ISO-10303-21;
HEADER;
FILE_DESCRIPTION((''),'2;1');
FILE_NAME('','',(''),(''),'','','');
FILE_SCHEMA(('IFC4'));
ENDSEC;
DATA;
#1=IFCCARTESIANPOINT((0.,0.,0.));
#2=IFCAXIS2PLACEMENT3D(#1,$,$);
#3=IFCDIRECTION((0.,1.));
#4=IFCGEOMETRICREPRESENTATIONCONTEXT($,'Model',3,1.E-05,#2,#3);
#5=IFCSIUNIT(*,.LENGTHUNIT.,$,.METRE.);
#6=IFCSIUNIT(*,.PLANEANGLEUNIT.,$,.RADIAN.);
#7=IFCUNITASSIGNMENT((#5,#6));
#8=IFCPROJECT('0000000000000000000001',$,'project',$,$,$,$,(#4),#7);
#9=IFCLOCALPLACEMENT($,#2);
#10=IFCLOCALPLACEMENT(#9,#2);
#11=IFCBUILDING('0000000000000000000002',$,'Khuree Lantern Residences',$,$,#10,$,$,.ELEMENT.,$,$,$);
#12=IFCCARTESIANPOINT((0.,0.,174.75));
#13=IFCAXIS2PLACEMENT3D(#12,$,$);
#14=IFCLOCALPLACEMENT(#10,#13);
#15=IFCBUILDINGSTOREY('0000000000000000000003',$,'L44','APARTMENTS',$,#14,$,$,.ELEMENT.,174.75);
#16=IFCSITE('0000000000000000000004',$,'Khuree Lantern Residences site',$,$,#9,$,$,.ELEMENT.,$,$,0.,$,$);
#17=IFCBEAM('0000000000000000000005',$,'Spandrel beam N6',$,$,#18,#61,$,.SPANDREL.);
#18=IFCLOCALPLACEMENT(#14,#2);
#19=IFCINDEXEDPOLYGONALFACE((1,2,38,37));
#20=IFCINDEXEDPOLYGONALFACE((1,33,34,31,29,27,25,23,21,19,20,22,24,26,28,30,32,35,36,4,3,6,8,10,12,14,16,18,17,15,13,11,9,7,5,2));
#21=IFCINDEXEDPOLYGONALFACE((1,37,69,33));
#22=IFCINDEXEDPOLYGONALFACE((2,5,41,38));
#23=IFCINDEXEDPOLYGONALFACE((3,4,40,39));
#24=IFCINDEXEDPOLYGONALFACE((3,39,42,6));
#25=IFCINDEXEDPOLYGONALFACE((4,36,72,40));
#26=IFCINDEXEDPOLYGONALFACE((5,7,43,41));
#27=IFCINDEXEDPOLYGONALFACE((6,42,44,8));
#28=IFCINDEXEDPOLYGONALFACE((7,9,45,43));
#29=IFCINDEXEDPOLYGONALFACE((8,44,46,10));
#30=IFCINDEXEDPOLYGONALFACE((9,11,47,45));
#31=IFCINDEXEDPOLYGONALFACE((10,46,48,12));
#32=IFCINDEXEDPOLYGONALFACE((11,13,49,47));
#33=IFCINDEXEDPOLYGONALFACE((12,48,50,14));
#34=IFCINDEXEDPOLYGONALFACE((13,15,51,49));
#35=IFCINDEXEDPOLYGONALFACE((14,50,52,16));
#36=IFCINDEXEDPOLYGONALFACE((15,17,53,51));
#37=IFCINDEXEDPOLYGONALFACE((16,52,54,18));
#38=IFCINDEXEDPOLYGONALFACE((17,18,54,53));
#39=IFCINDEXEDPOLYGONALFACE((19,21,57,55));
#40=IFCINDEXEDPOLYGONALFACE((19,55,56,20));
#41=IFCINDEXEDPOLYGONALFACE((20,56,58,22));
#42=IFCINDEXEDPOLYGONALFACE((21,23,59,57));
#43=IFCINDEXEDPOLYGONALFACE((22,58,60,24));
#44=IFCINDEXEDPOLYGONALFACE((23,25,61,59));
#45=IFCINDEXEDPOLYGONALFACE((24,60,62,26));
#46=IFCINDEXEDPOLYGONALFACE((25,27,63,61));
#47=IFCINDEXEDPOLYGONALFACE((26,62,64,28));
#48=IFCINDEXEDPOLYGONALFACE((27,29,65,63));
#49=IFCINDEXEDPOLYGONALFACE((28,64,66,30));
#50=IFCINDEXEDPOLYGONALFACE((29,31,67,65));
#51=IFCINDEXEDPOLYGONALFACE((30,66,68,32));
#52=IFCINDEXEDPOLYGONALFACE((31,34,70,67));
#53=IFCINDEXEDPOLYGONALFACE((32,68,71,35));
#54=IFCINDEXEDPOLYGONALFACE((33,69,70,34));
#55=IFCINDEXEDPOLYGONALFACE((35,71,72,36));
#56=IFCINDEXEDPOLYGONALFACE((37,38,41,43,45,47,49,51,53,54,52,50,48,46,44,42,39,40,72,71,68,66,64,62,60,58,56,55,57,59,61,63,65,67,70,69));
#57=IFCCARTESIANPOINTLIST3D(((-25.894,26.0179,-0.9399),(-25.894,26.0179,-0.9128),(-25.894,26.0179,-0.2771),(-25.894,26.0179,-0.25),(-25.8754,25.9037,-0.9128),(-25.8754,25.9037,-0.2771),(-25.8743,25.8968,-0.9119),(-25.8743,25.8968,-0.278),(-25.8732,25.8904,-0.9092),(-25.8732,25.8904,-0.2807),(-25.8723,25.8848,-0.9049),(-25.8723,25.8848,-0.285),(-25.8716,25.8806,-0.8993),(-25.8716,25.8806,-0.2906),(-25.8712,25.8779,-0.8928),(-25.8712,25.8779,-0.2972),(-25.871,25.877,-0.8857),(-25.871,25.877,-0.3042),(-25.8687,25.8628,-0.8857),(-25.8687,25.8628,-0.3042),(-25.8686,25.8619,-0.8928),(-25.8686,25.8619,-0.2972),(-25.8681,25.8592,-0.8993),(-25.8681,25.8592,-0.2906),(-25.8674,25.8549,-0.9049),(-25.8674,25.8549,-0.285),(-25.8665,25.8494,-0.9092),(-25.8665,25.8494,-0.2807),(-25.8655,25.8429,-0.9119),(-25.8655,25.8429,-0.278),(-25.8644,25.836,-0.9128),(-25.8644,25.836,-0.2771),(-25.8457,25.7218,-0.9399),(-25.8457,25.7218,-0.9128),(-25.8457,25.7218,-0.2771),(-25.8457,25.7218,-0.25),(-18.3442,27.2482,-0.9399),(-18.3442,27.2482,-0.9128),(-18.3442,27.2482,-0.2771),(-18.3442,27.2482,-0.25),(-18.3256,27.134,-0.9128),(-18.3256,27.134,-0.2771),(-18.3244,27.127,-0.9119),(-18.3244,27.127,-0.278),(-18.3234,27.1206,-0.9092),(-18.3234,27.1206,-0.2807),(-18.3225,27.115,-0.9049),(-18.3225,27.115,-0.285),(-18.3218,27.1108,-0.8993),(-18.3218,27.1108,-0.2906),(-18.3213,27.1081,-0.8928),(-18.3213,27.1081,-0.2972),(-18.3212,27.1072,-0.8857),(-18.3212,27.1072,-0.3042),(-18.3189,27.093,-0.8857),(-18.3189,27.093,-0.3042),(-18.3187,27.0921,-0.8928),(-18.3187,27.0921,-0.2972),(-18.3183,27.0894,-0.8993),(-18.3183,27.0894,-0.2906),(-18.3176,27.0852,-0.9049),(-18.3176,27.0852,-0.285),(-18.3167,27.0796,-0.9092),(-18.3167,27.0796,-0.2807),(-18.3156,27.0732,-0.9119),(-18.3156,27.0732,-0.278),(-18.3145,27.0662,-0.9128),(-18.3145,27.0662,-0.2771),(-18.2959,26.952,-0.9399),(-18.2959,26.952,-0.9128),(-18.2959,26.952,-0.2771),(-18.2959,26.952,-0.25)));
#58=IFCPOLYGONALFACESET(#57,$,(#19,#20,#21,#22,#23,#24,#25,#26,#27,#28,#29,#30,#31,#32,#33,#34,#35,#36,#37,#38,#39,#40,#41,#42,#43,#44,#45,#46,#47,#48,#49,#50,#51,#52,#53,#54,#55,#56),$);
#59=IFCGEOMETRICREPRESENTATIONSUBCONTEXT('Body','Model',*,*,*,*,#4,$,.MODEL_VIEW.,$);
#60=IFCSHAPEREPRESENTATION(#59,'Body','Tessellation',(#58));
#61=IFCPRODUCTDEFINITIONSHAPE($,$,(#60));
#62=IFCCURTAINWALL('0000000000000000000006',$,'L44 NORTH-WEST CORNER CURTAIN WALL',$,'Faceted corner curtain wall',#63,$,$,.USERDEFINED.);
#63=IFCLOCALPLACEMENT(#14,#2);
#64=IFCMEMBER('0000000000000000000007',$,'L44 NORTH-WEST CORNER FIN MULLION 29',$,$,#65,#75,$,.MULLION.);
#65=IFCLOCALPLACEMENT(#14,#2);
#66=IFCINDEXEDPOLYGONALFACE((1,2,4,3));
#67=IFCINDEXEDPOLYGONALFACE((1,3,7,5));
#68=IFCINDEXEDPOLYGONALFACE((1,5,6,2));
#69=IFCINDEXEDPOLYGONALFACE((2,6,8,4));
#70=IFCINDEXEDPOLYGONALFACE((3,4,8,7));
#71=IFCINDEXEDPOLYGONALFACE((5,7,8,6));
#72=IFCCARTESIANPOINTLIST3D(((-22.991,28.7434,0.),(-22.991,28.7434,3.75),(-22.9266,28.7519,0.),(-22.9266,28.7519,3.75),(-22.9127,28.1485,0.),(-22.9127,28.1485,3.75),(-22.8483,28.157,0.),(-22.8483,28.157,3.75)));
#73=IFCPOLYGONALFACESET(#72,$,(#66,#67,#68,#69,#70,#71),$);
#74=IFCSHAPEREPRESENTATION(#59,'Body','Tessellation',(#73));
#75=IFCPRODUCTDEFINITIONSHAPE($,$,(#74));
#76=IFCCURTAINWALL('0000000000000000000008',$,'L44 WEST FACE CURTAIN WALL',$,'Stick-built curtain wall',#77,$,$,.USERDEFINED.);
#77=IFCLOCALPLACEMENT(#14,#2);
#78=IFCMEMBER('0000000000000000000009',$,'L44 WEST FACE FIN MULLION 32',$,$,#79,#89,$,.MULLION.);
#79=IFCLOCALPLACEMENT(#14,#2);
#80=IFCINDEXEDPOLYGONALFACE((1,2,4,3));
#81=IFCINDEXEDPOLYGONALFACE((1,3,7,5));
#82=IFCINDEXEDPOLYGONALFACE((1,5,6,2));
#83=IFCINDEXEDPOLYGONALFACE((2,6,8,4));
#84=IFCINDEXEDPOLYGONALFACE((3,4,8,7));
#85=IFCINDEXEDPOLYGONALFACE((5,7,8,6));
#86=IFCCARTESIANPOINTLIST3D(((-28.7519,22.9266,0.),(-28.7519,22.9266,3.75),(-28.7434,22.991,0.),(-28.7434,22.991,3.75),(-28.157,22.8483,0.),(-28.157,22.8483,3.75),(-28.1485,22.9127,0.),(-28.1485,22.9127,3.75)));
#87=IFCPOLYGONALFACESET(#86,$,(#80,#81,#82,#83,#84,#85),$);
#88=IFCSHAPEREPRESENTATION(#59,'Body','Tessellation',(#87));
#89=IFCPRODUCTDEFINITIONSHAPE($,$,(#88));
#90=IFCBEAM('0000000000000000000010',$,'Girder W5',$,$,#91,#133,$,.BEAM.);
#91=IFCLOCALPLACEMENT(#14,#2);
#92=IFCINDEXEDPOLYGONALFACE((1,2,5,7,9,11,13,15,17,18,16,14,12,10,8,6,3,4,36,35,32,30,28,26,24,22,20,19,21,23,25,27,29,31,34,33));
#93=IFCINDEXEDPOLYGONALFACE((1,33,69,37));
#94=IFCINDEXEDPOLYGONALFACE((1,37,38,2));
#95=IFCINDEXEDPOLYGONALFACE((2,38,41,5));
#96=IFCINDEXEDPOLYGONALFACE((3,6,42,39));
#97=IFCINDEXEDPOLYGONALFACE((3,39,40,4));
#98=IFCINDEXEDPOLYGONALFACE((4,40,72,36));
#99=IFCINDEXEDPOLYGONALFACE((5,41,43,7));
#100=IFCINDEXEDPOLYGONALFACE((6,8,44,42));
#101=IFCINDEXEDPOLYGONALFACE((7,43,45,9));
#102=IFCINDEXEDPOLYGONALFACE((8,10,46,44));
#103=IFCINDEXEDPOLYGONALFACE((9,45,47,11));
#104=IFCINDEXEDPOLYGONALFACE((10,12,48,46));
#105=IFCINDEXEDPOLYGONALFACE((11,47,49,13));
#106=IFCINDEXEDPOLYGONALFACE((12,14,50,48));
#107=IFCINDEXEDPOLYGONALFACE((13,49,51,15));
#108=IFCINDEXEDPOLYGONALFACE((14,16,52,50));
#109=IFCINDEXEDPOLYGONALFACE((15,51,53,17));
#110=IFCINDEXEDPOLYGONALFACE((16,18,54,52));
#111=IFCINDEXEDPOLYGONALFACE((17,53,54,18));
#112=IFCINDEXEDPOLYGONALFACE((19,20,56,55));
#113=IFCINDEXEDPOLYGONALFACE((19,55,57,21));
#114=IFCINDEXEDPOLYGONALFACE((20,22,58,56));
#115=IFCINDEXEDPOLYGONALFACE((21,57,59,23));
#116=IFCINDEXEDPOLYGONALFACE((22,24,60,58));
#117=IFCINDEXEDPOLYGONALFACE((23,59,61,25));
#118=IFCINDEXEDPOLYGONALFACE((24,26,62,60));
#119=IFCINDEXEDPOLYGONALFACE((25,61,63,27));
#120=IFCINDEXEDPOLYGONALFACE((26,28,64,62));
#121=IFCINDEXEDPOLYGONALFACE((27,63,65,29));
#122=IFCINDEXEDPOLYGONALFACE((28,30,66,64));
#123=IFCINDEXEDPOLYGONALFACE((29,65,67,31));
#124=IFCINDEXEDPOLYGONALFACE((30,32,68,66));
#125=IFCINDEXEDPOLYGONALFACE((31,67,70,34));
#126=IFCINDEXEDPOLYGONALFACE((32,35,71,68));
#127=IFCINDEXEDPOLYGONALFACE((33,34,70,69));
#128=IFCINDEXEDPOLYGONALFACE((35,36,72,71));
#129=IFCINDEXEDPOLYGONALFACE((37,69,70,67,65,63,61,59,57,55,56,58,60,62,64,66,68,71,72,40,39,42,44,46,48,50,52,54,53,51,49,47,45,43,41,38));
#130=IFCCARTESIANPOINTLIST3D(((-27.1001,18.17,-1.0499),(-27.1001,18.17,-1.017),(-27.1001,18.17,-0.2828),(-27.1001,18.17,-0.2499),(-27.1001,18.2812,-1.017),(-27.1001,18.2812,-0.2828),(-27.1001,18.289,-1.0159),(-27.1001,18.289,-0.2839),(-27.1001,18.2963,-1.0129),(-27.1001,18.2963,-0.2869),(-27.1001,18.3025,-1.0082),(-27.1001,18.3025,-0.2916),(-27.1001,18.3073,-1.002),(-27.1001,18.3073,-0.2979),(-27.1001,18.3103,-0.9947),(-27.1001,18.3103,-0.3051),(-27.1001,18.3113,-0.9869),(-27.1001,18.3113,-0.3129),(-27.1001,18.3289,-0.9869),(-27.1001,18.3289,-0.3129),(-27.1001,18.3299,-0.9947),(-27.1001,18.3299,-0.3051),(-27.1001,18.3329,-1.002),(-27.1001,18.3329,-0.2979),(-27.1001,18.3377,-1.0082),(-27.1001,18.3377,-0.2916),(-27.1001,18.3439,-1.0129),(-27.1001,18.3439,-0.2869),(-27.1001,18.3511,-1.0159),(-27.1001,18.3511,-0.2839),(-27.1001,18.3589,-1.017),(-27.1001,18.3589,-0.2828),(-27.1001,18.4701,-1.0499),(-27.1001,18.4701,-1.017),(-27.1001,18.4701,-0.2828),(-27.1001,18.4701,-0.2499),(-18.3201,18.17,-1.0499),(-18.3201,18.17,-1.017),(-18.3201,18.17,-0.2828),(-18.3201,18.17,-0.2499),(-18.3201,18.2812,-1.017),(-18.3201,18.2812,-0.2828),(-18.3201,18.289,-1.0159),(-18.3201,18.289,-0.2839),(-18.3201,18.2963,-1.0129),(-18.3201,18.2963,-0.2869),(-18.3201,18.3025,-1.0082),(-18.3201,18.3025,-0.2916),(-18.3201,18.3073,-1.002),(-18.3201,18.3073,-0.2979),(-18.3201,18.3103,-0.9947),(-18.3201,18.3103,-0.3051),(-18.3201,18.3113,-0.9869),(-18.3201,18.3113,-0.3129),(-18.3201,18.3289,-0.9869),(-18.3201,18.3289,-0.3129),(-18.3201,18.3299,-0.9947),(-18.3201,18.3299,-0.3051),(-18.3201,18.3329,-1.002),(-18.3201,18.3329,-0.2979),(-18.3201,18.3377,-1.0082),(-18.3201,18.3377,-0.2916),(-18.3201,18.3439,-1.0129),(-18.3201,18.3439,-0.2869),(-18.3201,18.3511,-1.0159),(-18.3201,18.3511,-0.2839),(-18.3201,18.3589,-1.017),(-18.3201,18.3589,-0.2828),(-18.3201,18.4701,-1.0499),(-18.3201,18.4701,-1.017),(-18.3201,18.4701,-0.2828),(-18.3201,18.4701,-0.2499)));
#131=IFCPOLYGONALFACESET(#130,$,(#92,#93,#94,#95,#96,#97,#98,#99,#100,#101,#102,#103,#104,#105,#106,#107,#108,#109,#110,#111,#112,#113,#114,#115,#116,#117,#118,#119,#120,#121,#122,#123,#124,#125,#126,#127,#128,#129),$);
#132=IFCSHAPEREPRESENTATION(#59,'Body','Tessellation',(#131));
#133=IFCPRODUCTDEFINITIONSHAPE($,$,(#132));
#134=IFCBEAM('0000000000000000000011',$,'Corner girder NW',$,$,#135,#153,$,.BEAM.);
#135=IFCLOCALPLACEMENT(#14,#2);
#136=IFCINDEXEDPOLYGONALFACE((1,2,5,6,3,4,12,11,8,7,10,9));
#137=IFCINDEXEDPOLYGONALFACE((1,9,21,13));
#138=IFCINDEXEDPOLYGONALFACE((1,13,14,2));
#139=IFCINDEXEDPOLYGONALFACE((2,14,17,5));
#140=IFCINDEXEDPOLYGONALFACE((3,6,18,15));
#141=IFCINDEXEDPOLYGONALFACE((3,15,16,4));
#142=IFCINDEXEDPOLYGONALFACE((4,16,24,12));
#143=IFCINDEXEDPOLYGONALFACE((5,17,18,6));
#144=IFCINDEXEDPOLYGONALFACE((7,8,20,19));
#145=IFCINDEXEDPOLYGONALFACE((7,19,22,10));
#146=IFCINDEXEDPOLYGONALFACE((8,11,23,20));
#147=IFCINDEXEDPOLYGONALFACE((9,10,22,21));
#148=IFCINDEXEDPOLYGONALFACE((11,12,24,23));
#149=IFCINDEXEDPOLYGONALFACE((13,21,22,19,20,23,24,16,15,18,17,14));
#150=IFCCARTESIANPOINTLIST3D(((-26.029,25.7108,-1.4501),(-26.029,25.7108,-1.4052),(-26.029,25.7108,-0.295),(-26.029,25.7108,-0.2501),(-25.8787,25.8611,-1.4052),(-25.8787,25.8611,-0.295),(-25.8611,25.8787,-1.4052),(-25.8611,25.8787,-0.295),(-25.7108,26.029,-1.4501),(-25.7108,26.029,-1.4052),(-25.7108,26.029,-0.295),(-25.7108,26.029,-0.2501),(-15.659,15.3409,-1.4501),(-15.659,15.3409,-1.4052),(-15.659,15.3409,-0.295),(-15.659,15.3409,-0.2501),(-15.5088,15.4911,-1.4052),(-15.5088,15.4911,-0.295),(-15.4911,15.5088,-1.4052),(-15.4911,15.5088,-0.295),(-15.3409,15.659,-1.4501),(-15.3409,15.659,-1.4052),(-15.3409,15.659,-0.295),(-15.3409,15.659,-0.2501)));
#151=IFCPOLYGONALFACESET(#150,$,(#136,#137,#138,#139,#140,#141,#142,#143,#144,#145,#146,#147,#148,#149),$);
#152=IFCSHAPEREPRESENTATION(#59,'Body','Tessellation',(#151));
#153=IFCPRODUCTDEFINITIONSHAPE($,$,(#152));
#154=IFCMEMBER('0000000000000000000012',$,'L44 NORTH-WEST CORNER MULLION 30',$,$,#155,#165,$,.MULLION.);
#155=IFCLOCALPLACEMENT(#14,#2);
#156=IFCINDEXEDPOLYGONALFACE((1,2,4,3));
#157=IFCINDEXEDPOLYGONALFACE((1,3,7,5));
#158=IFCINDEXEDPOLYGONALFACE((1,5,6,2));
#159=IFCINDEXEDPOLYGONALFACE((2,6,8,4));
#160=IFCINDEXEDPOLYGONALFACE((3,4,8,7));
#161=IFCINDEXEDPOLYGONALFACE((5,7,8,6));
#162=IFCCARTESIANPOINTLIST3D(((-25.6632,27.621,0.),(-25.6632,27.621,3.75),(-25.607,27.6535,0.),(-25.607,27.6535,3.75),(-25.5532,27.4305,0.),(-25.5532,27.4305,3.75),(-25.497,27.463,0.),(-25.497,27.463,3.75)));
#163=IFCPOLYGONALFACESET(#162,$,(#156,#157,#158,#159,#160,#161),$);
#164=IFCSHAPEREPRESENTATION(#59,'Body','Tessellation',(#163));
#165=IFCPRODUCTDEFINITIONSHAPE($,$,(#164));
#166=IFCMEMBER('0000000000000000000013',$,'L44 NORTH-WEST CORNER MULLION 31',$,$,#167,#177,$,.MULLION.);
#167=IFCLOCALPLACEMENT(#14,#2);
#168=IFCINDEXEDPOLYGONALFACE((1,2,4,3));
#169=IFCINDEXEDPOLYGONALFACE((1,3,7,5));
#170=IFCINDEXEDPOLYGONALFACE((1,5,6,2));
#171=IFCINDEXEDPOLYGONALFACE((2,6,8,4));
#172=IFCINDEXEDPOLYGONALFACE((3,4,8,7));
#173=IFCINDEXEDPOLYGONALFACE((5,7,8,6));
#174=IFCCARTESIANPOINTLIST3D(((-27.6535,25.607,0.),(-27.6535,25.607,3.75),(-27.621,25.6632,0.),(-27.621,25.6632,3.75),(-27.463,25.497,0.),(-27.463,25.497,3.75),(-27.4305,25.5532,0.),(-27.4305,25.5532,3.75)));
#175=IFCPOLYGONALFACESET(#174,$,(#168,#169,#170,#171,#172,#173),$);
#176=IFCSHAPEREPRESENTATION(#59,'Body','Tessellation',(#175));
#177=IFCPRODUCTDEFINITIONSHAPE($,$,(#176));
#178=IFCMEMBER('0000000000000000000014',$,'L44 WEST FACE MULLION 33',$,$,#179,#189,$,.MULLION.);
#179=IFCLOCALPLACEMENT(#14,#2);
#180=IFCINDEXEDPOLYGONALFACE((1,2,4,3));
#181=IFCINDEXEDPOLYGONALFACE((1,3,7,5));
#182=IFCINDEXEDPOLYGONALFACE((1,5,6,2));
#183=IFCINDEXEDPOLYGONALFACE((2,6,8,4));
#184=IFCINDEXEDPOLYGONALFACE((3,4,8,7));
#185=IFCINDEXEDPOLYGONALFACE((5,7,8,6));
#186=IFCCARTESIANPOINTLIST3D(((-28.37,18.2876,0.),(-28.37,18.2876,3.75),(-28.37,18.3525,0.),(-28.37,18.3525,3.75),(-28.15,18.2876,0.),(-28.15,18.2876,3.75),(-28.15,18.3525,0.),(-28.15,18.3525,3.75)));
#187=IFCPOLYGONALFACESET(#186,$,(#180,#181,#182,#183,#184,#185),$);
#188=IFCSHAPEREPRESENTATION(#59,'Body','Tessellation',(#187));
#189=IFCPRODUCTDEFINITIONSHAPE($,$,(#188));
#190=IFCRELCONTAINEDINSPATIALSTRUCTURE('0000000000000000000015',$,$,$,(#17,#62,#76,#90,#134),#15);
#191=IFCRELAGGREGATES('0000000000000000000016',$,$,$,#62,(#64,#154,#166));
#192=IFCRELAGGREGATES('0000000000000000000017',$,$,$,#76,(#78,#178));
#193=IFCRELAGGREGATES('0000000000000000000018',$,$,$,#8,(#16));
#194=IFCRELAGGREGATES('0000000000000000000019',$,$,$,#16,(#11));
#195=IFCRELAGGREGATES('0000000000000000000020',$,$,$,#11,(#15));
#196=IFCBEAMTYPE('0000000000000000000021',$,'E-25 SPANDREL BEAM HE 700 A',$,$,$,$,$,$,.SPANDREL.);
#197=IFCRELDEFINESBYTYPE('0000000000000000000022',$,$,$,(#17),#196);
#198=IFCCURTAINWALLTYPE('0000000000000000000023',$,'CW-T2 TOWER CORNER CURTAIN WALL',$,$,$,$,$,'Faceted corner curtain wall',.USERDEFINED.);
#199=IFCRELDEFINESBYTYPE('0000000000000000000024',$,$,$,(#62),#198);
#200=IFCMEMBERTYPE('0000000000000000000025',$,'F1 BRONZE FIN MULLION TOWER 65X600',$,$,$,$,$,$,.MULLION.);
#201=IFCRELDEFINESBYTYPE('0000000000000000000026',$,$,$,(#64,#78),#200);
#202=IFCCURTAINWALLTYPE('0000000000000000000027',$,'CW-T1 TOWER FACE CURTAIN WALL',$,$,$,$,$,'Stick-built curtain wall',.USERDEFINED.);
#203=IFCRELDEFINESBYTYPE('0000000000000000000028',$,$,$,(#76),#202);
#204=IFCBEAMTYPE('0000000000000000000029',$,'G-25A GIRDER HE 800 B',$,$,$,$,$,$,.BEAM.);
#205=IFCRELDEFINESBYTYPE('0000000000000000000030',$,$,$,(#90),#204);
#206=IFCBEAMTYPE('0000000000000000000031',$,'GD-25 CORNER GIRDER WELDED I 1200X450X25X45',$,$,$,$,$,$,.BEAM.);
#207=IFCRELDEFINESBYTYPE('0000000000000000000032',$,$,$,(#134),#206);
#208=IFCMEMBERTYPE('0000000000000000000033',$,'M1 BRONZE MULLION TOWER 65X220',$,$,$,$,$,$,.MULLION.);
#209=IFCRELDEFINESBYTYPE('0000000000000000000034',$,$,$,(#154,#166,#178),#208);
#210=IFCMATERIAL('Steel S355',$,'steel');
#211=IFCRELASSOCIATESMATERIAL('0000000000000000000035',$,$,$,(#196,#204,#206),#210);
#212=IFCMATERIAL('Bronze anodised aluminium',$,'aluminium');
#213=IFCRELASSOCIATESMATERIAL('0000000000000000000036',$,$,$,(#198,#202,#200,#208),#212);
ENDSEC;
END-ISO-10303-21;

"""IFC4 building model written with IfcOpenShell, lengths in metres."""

from ifc_helpers import new_model, si_unit, direction, frame, origin, origin_2d, place, context, subcontext, project, spatial, rectangle, i_section, extrude, material, material_profile, profile_set, type_object, element, aggregate, save


model = new_model("IFC4")

# Units and contexts
model_context = context("Model", 3, precision=1e-05, world=origin(), true_north=direction((0.0, 1.0)))
body_context = subcontext(model_context, "Body", "Model", "MODEL_VIEW")
ifc_project = project(units=[si_unit("LENGTHUNIT", "METRE"), si_unit("PLANEANGLEUNIT", "RADIAN")], contexts=[model_context])

# Site, building, storey
site_placement = place(None, origin())
site = spatial("IfcSite", under=ifc_project, at=site_placement, Name="Khuree Lantern Residences site", CompositionType="ELEMENT", RefElevation=0.0)
building_placement = place(site_placement, origin())
building = spatial("IfcBuilding", under=site, at=building_placement, Name="Khuree Lantern Residences", CompositionType="ELEMENT")
storey_placement = place(building_placement, frame((0.0, 0.0, 174.75)))
storey = spatial("IfcBuildingStorey", under=building, at=storey_placement, Name="L44", Description="APARTMENTS", CompositionType="ELEMENT", Elevation=174.75)

# Beam
ifc_material_1 = material(Name="Steel S355", Category="steel")
ifc_material_profile_1 = material_profile(ifc_material_1, i_section(OverallWidth=0.3, OverallDepth=0.6899, WebThickness=0.0144, FlangeThickness=0.0271, FilletRadius=0.0271, at=origin_2d()), Name="HE 700 A")
ifc_profile_set_1 = profile_set([ifc_material_profile_1], Name="Steel S355")
beam_type_1 = type_object("IfcBeamType", Name="E-25 SPANDREL BEAM HE 700 A", PredefinedType="SPANDREL", material=ifc_profile_set_1)
for number, where, z_axis, x_axis, name in (
    (1, (-25.8699, 25.8699, -0.595), (0.986983, 0.160827, 0.0), (-0.160827, 0.986983, 0.0), "Spandrel beam N6"),
):
    element("IfcBeam", number, at=place(storey_placement, frame(where, z_axis=z_axis, x_axis=x_axis)), inside=storey, type_object=beam_type_1, Name=name, PredefinedType="SPANDREL", context=body_context, shape_type="SweptSolid", body=[
        extrude(i_section(OverallWidth=0.3, OverallDepth=0.6899, WebThickness=0.0144, FlangeThickness=0.0271, FilletRadius=0.0271, at=origin_2d()), origin(), (0.0, 0.0, 1.0), 7.6494),
    ])

# Curtain walls, members
ifc_material_2 = material(Name="Bronze anodised aluminium", Category="aluminium")
curtain_wall_type_1 = type_object("IfcCurtainWallType", Name="CW-T2 TOWER CORNER CURTAIN WALL", ElementType="Faceted corner curtain wall", PredefinedType="USERDEFINED", material=ifc_material_2)
curtain_wall_1_placement = place(storey_placement, origin())
curtain_wall_1 = element("IfcCurtainWall", 2, at=curtain_wall_1_placement, inside=storey, type_object=curtain_wall_type_1, Name="L44 NORTH-WEST CORNER CURTAIN WALL", ObjectType="Faceted corner curtain wall", PredefinedType="USERDEFINED")
ifc_material_profile_2 = material_profile(ifc_material_2, rectangle(XDim=0.0649, YDim=0.6001, at=origin_2d()), Name="F1 65X600")
ifc_profile_set_2 = profile_set([ifc_material_profile_2], Name="Bronze anodised aluminium")
member_type_1 = type_object("IfcMemberType", Name="F1 BRONZE FIN MULLION TOWER 65X600", PredefinedType="MULLION", material=ifc_profile_set_2)
member_1_placement = place(storey_placement, frame((-22.9197, 28.4502, 0.0), z_axis=(0.0, 0.0, 1.0), x_axis=(-0.991445, -0.130526, 0.0)))
member_1 = element("IfcMember", 3, at=member_1_placement, type_object=member_type_1, Name="L44 NORTH-WEST CORNER FIN MULLION 29", PredefinedType="MULLION", context=body_context, shape_type="SweptSolid", body=[
    extrude(rectangle(XDim=0.0649, YDim=0.6001, at=origin_2d()), origin(), (0.0, 0.0, 1.0), 3.75),
])
curtain_wall_type_2 = type_object("IfcCurtainWallType", Name="CW-T1 TOWER FACE CURTAIN WALL", ElementType="Stick-built curtain wall", PredefinedType="USERDEFINED", material=ifc_material_2)
curtain_wall_2_placement = place(storey_placement, origin())
curtain_wall_2 = element("IfcCurtainWall", 4, at=curtain_wall_2_placement, inside=storey, type_object=curtain_wall_type_2, Name="L44 WEST FACE CURTAIN WALL", ObjectType="Stick-built curtain wall", PredefinedType="USERDEFINED")
member_2_placement = place(storey_placement, frame((-28.4502, 22.9197, 0.0), z_axis=(0.0, 0.0, 1.0), x_axis=(-0.130526, -0.991445, 0.0)))
member_2 = element("IfcMember", 5, at=member_2_placement, type_object=member_type_1, Name="L44 WEST FACE FIN MULLION 32", PredefinedType="MULLION", context=body_context, shape_type="SweptSolid", body=[
    extrude(rectangle(XDim=0.0649, YDim=0.6001, at=origin_2d()), origin(), (0.0, 0.0, 1.0), 3.75),
])

# Beams
ifc_material_profile_3 = material_profile(ifc_material_1, i_section(OverallWidth=0.3, OverallDepth=0.8, WebThickness=0.0176, FlangeThickness=0.033, FilletRadius=0.03, at=origin_2d()), Name="HE 800 B")
ifc_profile_set_3 = profile_set([ifc_material_profile_3], Name="Steel S355")
beam_type_2 = type_object("IfcBeamType", Name="G-25A GIRDER HE 800 B", PredefinedType="BEAM", material=ifc_profile_set_3)
beam_1_placement = place(storey_placement, frame((-27.1001, 18.3201, -0.6499), z_axis=(1.0, 0.0, 0.0), x_axis=(0.0, 1.0, 0.0)))
element("IfcBeam", 6, at=beam_1_placement, inside=storey, type_object=beam_type_2, Name="Girder W5", PredefinedType="BEAM", context=body_context, shape_type="SweptSolid", body=[
    extrude(i_section(OverallWidth=0.3, OverallDepth=0.8, WebThickness=0.0176, FlangeThickness=0.033, FilletRadius=0.03, at=origin_2d()), origin(), (0.0, 0.0, 1.0), 8.78),
])
ifc_material_profile_4 = material_profile(ifc_material_1, i_section(OverallWidth=0.45, OverallDepth=1.2, WebThickness=0.0249, FlangeThickness=0.0449, at=origin_2d()), Name="WELDED I 1200X450X25X45")
ifc_profile_set_4 = profile_set([ifc_material_profile_4], Name="Steel S355")
beam_type_3 = type_object("IfcBeamType", Name="GD-25 CORNER GIRDER WELDED I 1200X450X25X45", PredefinedType="BEAM", material=ifc_profile_set_4)
beam_2_placement = place(storey_placement, frame((-25.8699, 25.8699, -0.8501), z_axis=(0.707107, -0.707107, 0.0), x_axis=(0.707107, 0.707107, 0.0)))
element("IfcBeam", 7, at=beam_2_placement, inside=storey, type_object=beam_type_3, Name="Corner girder NW", PredefinedType="BEAM", context=body_context, shape_type="SweptSolid", body=[
    extrude(i_section(OverallWidth=0.45, OverallDepth=1.2, WebThickness=0.0249, FlangeThickness=0.0449, at=origin_2d()), origin(), (0.0, 0.0, 1.0), 14.6653),
])

# Members
ifc_material_profile_5 = material_profile(ifc_material_2, rectangle(XDim=0.0649, YDim=0.22, at=origin_2d()), Name="M1 65X220")
ifc_profile_set_5 = profile_set([ifc_material_profile_5], Name="Bronze anodised aluminium")
member_type_2 = type_object("IfcMemberType", Name="M1 BRONZE MULLION TOWER 65X220", PredefinedType="MULLION", material=ifc_profile_set_5)
member_3_placement = place(storey_placement, frame((-25.5801, 27.542, 0.0), z_axis=(0.0, 0.0, 1.0), x_axis=(-0.866025, -0.5, 0.0)))
member_3 = element("IfcMember", 8, at=member_3_placement, type_object=member_type_2, Name="L44 NORTH-WEST CORNER MULLION 30", PredefinedType="MULLION", context=body_context, shape_type="SweptSolid", body=[
    extrude(rectangle(XDim=0.0649, YDim=0.22, at=origin_2d()), origin(), (0.0, 0.0, 1.0), 3.75),
])
member_4_placement = place(storey_placement, frame((-27.542, 25.5801, 0.0), z_axis=(0.0, 0.0, 1.0), x_axis=(-0.5, -0.866025, 0.0)))
member_4 = element("IfcMember", 9, at=member_4_placement, type_object=member_type_2, Name="L44 NORTH-WEST CORNER MULLION 31", PredefinedType="MULLION", context=body_context, shape_type="SweptSolid", body=[
    extrude(rectangle(XDim=0.0649, YDim=0.22, at=origin_2d()), origin(), (0.0, 0.0, 1.0), 3.75),
])
member_5_placement = place(storey_placement, frame((-28.26, 18.3201, 0.0), z_axis=(0.0, 0.0, 1.0), x_axis=(0.0, -1.0, 0.0)))
member_5 = element("IfcMember", 10, at=member_5_placement, type_object=member_type_2, Name="L44 WEST FACE MULLION 33", PredefinedType="MULLION", context=body_context, shape_type="SweptSolid", body=[
    extrude(rectangle(XDim=0.0649, YDim=0.22, at=origin_2d()), origin(), (0.0, 0.0, 1.0), 3.75),
])

aggregate(curtain_wall_1, [member_1, member_3, member_4])

aggregate(curtain_wall_2, [member_2, member_5])

save(model, "model.ifc")
